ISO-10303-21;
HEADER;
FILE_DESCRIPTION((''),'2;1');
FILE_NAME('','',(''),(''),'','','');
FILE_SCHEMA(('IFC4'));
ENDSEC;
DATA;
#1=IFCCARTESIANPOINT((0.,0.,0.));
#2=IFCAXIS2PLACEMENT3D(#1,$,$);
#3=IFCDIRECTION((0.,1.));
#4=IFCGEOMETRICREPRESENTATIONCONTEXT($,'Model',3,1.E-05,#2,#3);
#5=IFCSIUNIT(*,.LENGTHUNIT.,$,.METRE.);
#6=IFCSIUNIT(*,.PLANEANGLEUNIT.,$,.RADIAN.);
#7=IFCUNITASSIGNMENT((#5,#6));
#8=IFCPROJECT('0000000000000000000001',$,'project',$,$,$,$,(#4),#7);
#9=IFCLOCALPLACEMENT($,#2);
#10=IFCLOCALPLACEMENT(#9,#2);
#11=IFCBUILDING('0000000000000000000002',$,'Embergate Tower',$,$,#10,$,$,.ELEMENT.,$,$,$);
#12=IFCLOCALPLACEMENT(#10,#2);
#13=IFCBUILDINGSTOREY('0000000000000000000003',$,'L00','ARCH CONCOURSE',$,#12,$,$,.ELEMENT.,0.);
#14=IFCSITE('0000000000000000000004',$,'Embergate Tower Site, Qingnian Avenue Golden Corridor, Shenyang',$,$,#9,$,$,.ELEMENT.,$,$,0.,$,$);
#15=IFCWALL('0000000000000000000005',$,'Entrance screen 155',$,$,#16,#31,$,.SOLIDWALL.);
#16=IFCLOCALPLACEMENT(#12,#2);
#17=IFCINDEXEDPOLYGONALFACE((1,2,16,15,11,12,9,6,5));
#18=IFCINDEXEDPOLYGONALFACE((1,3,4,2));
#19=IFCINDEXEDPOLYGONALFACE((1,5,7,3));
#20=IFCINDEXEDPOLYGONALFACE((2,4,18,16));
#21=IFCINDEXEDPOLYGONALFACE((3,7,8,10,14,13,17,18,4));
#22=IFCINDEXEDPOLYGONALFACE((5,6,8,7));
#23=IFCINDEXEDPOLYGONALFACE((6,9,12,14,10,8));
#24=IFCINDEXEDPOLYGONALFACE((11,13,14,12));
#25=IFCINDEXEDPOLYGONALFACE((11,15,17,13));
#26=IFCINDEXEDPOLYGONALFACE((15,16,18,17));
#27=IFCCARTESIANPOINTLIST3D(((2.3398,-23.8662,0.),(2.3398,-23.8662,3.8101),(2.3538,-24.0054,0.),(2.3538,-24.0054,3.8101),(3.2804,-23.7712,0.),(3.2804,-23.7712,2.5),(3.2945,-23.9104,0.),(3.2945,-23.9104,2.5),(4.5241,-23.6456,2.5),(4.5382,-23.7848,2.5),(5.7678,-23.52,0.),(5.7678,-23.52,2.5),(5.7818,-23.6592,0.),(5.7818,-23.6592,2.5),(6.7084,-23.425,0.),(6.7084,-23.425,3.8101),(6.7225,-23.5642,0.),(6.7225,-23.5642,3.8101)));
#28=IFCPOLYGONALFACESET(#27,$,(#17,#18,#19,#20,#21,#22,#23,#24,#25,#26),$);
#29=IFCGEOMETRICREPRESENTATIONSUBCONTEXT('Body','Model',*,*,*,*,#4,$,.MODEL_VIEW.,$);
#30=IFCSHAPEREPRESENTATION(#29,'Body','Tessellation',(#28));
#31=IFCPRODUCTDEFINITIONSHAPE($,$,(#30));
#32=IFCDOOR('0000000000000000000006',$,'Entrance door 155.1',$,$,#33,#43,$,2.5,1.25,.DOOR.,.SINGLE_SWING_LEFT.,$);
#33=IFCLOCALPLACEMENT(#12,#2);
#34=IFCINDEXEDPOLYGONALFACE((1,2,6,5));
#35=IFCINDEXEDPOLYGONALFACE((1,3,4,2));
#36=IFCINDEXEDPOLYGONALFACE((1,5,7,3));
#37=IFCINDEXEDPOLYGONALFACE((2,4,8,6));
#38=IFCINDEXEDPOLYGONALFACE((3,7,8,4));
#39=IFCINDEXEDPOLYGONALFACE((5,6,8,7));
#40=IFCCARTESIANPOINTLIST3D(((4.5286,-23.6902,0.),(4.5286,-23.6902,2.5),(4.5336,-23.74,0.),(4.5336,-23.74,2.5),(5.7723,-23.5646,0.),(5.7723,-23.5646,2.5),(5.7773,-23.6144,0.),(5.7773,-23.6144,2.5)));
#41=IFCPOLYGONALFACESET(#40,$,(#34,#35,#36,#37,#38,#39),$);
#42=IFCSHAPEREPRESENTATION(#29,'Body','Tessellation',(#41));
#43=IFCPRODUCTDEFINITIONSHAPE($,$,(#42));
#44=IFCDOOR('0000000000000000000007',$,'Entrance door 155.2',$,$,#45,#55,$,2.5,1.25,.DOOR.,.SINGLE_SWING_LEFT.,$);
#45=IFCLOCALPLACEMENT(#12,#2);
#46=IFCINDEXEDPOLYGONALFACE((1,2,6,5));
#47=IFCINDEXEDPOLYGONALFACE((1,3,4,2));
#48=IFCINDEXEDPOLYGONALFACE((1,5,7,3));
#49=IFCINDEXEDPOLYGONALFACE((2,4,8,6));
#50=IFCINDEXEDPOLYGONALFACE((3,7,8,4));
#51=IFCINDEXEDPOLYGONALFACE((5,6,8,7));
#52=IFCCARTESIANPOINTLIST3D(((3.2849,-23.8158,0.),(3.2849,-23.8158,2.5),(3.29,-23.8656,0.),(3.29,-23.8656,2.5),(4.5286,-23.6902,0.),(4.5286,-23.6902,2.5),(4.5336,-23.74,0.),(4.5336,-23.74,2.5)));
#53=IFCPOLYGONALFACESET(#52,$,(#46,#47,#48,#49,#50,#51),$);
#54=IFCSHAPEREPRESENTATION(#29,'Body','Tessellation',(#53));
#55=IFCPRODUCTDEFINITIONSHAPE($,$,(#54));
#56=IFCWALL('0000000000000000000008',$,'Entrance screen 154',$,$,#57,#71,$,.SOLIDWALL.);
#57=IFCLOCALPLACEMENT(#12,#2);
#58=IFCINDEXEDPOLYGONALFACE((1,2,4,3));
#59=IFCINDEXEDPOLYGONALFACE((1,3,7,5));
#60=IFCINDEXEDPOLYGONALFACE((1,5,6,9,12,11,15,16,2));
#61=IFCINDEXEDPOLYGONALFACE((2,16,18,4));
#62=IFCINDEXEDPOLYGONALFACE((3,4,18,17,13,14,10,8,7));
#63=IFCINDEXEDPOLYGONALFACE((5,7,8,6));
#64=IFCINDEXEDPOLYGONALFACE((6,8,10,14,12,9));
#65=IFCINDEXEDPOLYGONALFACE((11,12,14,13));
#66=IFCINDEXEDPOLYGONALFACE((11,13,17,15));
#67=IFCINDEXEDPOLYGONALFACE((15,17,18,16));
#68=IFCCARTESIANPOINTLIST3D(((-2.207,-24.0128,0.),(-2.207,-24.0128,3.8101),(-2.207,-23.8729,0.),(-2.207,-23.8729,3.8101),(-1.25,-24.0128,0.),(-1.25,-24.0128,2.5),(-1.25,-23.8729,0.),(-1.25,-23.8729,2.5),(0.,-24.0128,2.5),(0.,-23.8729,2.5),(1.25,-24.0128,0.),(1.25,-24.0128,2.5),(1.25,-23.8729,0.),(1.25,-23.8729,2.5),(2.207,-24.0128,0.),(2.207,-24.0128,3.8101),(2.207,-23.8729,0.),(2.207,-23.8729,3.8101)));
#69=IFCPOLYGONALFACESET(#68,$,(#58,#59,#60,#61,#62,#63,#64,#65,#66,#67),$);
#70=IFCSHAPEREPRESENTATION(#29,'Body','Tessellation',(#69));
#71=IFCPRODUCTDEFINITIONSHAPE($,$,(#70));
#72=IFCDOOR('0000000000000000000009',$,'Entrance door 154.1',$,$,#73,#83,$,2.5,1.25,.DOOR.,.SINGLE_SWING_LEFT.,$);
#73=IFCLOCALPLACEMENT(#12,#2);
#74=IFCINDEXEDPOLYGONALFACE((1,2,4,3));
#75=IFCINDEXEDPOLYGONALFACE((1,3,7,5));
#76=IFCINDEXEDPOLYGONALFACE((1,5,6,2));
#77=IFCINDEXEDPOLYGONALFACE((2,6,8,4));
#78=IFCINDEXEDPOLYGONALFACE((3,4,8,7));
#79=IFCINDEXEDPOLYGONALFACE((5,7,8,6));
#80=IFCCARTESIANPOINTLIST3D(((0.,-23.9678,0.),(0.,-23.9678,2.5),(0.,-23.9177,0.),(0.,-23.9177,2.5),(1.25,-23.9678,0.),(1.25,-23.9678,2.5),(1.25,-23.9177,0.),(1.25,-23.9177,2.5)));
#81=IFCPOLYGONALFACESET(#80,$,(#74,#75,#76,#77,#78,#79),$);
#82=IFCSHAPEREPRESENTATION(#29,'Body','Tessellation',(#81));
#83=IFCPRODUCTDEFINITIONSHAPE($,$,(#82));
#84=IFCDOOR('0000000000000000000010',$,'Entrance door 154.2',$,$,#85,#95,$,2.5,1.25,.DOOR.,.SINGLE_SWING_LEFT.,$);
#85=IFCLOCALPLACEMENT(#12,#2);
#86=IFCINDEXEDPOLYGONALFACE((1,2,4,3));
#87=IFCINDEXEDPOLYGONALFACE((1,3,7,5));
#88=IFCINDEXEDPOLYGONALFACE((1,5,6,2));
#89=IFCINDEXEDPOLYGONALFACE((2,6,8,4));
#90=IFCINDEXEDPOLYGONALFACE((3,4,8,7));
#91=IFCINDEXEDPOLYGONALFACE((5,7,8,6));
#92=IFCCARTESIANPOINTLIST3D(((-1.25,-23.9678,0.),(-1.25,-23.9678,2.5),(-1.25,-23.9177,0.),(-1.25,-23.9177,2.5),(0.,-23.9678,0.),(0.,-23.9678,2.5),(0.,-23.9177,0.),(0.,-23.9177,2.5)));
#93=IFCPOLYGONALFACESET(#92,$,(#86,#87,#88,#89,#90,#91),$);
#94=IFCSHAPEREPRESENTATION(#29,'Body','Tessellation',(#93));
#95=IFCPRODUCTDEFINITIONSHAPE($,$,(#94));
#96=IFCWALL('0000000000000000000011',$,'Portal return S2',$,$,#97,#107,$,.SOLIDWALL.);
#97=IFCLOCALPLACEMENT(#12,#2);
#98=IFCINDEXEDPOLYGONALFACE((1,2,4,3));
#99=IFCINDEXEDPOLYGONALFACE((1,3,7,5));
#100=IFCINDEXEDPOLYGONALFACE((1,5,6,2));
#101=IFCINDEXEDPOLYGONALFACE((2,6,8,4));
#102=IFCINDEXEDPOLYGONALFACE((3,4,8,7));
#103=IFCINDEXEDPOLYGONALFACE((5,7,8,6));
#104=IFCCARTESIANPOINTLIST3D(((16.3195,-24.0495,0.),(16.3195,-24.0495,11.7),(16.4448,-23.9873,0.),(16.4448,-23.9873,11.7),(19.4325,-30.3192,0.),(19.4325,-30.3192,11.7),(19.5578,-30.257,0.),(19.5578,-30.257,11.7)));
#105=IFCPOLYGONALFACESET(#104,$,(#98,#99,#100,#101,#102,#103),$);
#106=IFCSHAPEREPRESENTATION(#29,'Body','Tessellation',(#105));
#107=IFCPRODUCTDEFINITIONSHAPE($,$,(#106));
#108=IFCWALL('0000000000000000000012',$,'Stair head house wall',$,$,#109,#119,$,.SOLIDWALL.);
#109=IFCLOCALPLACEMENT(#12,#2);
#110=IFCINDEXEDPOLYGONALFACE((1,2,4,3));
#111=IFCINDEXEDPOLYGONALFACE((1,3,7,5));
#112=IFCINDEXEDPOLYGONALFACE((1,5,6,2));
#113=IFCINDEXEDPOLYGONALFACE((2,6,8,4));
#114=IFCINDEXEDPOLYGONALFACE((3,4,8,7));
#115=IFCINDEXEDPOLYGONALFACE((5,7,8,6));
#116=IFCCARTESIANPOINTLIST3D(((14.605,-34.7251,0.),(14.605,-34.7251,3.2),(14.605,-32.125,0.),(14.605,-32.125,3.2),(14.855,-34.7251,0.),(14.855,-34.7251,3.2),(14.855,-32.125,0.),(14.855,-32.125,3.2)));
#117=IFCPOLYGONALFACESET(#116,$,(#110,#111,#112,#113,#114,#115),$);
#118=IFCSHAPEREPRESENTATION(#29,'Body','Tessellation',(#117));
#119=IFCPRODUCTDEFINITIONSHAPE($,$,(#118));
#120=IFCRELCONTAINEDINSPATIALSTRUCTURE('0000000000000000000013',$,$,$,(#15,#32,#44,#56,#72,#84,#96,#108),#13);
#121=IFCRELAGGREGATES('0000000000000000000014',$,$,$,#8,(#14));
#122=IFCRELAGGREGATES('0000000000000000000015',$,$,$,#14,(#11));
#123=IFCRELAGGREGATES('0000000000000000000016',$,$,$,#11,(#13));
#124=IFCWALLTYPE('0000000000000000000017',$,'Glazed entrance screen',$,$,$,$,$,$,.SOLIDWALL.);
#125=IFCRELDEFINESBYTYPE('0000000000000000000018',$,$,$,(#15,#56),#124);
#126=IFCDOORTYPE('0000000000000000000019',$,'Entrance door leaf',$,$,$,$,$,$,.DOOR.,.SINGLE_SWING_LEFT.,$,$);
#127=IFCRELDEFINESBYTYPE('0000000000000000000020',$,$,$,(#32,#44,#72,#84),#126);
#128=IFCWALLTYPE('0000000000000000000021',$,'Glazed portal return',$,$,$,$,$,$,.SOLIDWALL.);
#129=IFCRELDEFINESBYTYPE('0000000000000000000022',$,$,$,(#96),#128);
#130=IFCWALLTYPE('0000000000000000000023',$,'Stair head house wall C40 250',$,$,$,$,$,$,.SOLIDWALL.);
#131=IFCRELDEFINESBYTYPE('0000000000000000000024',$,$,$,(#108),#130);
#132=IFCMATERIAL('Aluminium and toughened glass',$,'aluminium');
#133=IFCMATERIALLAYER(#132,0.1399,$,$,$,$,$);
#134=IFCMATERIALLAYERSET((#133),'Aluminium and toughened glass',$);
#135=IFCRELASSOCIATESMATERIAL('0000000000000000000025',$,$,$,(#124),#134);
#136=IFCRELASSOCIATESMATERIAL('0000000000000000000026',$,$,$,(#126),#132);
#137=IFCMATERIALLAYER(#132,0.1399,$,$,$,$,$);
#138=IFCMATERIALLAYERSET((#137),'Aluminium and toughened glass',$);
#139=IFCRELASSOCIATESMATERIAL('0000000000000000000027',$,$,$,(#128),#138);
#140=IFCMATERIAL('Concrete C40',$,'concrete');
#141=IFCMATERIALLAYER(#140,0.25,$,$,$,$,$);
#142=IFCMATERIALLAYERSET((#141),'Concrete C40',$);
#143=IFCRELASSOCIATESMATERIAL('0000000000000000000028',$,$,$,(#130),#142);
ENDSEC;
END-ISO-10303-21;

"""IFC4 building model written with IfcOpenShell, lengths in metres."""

from ifc_helpers import new_model, si_unit, direction, frame, frame_2d, origin, place, context, subcontext, project, spatial, rectangle, extrude, source, transform, mapped, material, layer, layer_set, type_object, element, fill, save


model = new_model("IFC4")

# Units and contexts
model_context = context("Model", 3, precision=1e-05, world=origin(), true_north=direction((0.0, 1.0)))
body_context = subcontext(model_context, "Body", "Model", "MODEL_VIEW")
ifc_project = project(units=[si_unit("LENGTHUNIT", "METRE"), si_unit("PLANEANGLEUNIT", "RADIAN")], contexts=[model_context])

# Site, building, storey
site_placement = place(None, origin())
site = spatial("IfcSite", under=ifc_project, at=site_placement, Name="Embergate Tower Site, Qingnian Avenue Golden Corridor, Shenyang", CompositionType="ELEMENT", RefElevation=0.0)
building_placement = place(site_placement, origin())
building = spatial("IfcBuilding", under=site, at=building_placement, Name="Embergate Tower", CompositionType="ELEMENT")
storey_placement = place(building_placement, origin())
storey = spatial("IfcBuildingStorey", under=building, at=storey_placement, Name="L00", Description="ARCH CONCOURSE", CompositionType="ELEMENT", Elevation=0.0)

# Shared definitions
ifc_material_1 = material(Name="Concrete C40", Category="concrete")

# Walls, openings, doors
ifc_material_2 = material(Name="Aluminium and toughened glass", Category="aluminium")
ifc_layer_1 = layer(ifc_material_2, 0.1399)
ifc_layer_set_1 = layer_set([ifc_layer_1], Name="Aluminium and toughened glass")
wall_type_1 = type_object("IfcWallType", Name="Glazed entrance screen", PredefinedType="SOLIDWALL", material=ifc_layer_set_1)
shared_shape_1 = source(origin(), body_context, "Body", "SweptSolid", [
    extrude(rectangle(XDim=4.3909, YDim=0.1399, at=frame_2d((2.1953, 0.0))), origin(), (0.0, 0.0, 1.0), 3.8101),
])
wall_1_placement = place(storey_placement, frame((6.7153, -23.4946, 0.0), z_axis=(0.0, 0.0, 1.0), x_axis=(-0.99494, -0.100473, 0.0)))
wall_1 = element("IfcWall", 1, at=wall_1_placement, inside=storey, type_object=wall_type_1, Name="Entrance screen 155", PredefinedType="SOLIDWALL", context=body_context, shape_type="MappedRepresentation", body=[
    mapped(shared_shape_1, transform((0.0, 0.0, 0.0))),
])
shared_shape_2 = source(origin(), body_context, "Body", "SweptSolid", [
    extrude(rectangle(XDim=1.25, YDim=2.5, at=frame_2d((0.625, 1.25))), frame((0.0, 0.0798, 0.0), z_axis=(0.0, -1.0, 0.0), x_axis=(1.0, 0.0, 0.0)), (0.0, 0.0, 1.0), 0.1599),
])
opening_1_placement = place(wall_1_placement, frame((0.9453, 0.0, 0.0)))
opening_1 = element("IfcOpeningElement", 2, at=opening_1_placement, cuts=wall_1, PredefinedType="OPENING", context=body_context, shape_type="MappedRepresentation", body=[
    mapped(shared_shape_2, transform((0.0, 0.0, 0.0))),
])
opening_2_placement = place(wall_1_placement, frame((2.1953, 0.0, 0.0)))
opening_2 = element("IfcOpeningElement", 3, at=opening_2_placement, cuts=wall_1, PredefinedType="OPENING", context=body_context, shape_type="MappedRepresentation", body=[
    mapped(shared_shape_2, transform((0.0, 0.0, 0.0))),
])
door_type = type_object("IfcDoorType", Name="Entrance door leaf", OperationType="SINGLE_SWING_LEFT", PredefinedType="DOOR", material=ifc_material_2)
shared_shape_3 = source(origin(), body_context, "Body", "SweptSolid", [
    extrude(rectangle(XDim=1.25, YDim=2.5, at=frame_2d((0.625, 1.25))), frame((0.0, 0.0249, 0.0), z_axis=(0.0, -1.0, 0.0), x_axis=(1.0, 0.0, 0.0)), (0.0, 0.0, 1.0), 0.05),
])
door_1_placement = place(opening_1_placement, origin())
door_1 = element("IfcDoor", 4, at=door_1_placement, inside=storey, type_object=door_type, Name="Entrance door 155.1", OperationType="SINGLE_SWING_LEFT", OverallHeight=2.5, OverallWidth=1.25, PredefinedType="DOOR", context=body_context, shape_type="MappedRepresentation", body=[
    mapped(shared_shape_3, transform((0.0, 0.0, 0.0))),
])
fill(opening_1, door_1)
door_2_placement = place(opening_2_placement, origin())
door_2 = element("IfcDoor", 5, at=door_2_placement, inside=storey, type_object=door_type, Name="Entrance door 155.2", OperationType="SINGLE_SWING_LEFT", OverallHeight=2.5, OverallWidth=1.25, PredefinedType="DOOR", context=body_context, shape_type="MappedRepresentation", body=[
    mapped(shared_shape_3, transform((0.0, 0.0, 0.0))),
])
fill(opening_2, door_2)
shared_shape_4 = source(origin(), body_context, "Body", "SweptSolid", [
    extrude(rectangle(XDim=4.4141, YDim=0.1399, at=frame_2d((2.207, 0.0))), origin(), (0.0, 0.0, 1.0), 3.8101),
])
wall_2_placement = place(storey_placement, frame((2.207, -23.9429, 0.0), z_axis=(0.0, 0.0, 1.0), x_axis=(-1.0, 0.0, 0.0)))
wall_2 = element("IfcWall", 6, at=wall_2_placement, inside=storey, type_object=wall_type_1, Name="Entrance screen 154", PredefinedType="SOLIDWALL", context=body_context, shape_type="MappedRepresentation", body=[
    mapped(shared_shape_4, transform((0.0, 0.0, 0.0))),
])
opening_3_placement = place(wall_2_placement, frame((0.957, 0.0, 0.0)))
opening_3 = element("IfcOpeningElement", 7, at=opening_3_placement, cuts=wall_2, PredefinedType="OPENING", context=body_context, shape_type="MappedRepresentation", body=[
    mapped(shared_shape_2, transform((0.0, 0.0, 0.0))),
])
opening_4_placement = place(wall_2_placement, frame((2.207, 0.0, 0.0)))
opening_4 = element("IfcOpeningElement", 8, at=opening_4_placement, cuts=wall_2, PredefinedType="OPENING", context=body_context, shape_type="MappedRepresentation", body=[
    mapped(shared_shape_2, transform((0.0, 0.0, 0.0))),
])
door_3_placement = place(opening_3_placement, origin())
door_3 = element("IfcDoor", 9, at=door_3_placement, inside=storey, type_object=door_type, Name="Entrance door 154.1", OperationType="SINGLE_SWING_LEFT", OverallHeight=2.5, OverallWidth=1.25, PredefinedType="DOOR", context=body_context, shape_type="MappedRepresentation", body=[
    mapped(shared_shape_3, transform((0.0, 0.0, 0.0))),
])
fill(opening_3, door_3)
door_4_placement = place(opening_4_placement, origin())
door_4 = element("IfcDoor", 10, at=door_4_placement, inside=storey, type_object=door_type, Name="Entrance door 154.2", OperationType="SINGLE_SWING_LEFT", OverallHeight=2.5, OverallWidth=1.25, PredefinedType="DOOR", context=body_context, shape_type="MappedRepresentation", body=[
    mapped(shared_shape_3, transform((0.0, 0.0, 0.0))),
])
fill(opening_4, door_4)

# Walls
ifc_layer_2 = layer(ifc_material_2, 0.1399)
ifc_layer_set_2 = layer_set([ifc_layer_2], Name="Aluminium and toughened glass")
wall_type_2 = type_object("IfcWallType", Name="Glazed portal return", PredefinedType="SOLIDWALL", material=ifc_layer_set_2)
shared_shape_5 = source(origin(), body_context, "Body", "SweptSolid", [
    extrude(rectangle(XDim=7.0, YDim=0.1399, at=frame_2d((3.5, 0.0))), origin(), (0.0, 0.0, 1.0), 11.7),
])
wall_3_placement = place(storey_placement, frame((19.4951, -30.2881, 0.0), z_axis=(0.0, 0.0, 1.0), x_axis=(-0.444715, 0.895672, 0.0)))
element("IfcWall", 11, at=wall_3_placement, inside=storey, type_object=wall_type_2, Name="Portal return S2", PredefinedType="SOLIDWALL", context=body_context, shape_type="MappedRepresentation", body=[
    mapped(shared_shape_5, transform((0.0, 0.0, 0.0))),
])
ifc_layer_3 = layer(ifc_material_1, 0.25)
ifc_layer_set_3 = layer_set([ifc_layer_3], Name="Concrete C40")
wall_type_3 = type_object("IfcWallType", Name="Stair head house wall C40 250", PredefinedType="SOLIDWALL", material=ifc_layer_set_3)
shared_shape_6 = source(origin(), body_context, "Body", "SweptSolid", [
    extrude(rectangle(XDim=2.6001, YDim=0.25, at=frame_2d((1.3, 0.0))), origin(), (0.0, 0.0, 1.0), 3.2),
])
wall_4_placement = place(storey_placement, frame((14.73, -32.125, 0.0), z_axis=(0.0, 0.0, 1.0), x_axis=(0.0, -1.0, 0.0)))
element("IfcWall", 12, at=wall_4_placement, inside=storey, type_object=wall_type_3, Name="Stair head house wall", PredefinedType="SOLIDWALL", context=body_context, shape_type="MappedRepresentation", body=[
    mapped(shared_shape_6, transform((0.0, 0.0, 0.0))),
])

save(model, "model.ifc")
